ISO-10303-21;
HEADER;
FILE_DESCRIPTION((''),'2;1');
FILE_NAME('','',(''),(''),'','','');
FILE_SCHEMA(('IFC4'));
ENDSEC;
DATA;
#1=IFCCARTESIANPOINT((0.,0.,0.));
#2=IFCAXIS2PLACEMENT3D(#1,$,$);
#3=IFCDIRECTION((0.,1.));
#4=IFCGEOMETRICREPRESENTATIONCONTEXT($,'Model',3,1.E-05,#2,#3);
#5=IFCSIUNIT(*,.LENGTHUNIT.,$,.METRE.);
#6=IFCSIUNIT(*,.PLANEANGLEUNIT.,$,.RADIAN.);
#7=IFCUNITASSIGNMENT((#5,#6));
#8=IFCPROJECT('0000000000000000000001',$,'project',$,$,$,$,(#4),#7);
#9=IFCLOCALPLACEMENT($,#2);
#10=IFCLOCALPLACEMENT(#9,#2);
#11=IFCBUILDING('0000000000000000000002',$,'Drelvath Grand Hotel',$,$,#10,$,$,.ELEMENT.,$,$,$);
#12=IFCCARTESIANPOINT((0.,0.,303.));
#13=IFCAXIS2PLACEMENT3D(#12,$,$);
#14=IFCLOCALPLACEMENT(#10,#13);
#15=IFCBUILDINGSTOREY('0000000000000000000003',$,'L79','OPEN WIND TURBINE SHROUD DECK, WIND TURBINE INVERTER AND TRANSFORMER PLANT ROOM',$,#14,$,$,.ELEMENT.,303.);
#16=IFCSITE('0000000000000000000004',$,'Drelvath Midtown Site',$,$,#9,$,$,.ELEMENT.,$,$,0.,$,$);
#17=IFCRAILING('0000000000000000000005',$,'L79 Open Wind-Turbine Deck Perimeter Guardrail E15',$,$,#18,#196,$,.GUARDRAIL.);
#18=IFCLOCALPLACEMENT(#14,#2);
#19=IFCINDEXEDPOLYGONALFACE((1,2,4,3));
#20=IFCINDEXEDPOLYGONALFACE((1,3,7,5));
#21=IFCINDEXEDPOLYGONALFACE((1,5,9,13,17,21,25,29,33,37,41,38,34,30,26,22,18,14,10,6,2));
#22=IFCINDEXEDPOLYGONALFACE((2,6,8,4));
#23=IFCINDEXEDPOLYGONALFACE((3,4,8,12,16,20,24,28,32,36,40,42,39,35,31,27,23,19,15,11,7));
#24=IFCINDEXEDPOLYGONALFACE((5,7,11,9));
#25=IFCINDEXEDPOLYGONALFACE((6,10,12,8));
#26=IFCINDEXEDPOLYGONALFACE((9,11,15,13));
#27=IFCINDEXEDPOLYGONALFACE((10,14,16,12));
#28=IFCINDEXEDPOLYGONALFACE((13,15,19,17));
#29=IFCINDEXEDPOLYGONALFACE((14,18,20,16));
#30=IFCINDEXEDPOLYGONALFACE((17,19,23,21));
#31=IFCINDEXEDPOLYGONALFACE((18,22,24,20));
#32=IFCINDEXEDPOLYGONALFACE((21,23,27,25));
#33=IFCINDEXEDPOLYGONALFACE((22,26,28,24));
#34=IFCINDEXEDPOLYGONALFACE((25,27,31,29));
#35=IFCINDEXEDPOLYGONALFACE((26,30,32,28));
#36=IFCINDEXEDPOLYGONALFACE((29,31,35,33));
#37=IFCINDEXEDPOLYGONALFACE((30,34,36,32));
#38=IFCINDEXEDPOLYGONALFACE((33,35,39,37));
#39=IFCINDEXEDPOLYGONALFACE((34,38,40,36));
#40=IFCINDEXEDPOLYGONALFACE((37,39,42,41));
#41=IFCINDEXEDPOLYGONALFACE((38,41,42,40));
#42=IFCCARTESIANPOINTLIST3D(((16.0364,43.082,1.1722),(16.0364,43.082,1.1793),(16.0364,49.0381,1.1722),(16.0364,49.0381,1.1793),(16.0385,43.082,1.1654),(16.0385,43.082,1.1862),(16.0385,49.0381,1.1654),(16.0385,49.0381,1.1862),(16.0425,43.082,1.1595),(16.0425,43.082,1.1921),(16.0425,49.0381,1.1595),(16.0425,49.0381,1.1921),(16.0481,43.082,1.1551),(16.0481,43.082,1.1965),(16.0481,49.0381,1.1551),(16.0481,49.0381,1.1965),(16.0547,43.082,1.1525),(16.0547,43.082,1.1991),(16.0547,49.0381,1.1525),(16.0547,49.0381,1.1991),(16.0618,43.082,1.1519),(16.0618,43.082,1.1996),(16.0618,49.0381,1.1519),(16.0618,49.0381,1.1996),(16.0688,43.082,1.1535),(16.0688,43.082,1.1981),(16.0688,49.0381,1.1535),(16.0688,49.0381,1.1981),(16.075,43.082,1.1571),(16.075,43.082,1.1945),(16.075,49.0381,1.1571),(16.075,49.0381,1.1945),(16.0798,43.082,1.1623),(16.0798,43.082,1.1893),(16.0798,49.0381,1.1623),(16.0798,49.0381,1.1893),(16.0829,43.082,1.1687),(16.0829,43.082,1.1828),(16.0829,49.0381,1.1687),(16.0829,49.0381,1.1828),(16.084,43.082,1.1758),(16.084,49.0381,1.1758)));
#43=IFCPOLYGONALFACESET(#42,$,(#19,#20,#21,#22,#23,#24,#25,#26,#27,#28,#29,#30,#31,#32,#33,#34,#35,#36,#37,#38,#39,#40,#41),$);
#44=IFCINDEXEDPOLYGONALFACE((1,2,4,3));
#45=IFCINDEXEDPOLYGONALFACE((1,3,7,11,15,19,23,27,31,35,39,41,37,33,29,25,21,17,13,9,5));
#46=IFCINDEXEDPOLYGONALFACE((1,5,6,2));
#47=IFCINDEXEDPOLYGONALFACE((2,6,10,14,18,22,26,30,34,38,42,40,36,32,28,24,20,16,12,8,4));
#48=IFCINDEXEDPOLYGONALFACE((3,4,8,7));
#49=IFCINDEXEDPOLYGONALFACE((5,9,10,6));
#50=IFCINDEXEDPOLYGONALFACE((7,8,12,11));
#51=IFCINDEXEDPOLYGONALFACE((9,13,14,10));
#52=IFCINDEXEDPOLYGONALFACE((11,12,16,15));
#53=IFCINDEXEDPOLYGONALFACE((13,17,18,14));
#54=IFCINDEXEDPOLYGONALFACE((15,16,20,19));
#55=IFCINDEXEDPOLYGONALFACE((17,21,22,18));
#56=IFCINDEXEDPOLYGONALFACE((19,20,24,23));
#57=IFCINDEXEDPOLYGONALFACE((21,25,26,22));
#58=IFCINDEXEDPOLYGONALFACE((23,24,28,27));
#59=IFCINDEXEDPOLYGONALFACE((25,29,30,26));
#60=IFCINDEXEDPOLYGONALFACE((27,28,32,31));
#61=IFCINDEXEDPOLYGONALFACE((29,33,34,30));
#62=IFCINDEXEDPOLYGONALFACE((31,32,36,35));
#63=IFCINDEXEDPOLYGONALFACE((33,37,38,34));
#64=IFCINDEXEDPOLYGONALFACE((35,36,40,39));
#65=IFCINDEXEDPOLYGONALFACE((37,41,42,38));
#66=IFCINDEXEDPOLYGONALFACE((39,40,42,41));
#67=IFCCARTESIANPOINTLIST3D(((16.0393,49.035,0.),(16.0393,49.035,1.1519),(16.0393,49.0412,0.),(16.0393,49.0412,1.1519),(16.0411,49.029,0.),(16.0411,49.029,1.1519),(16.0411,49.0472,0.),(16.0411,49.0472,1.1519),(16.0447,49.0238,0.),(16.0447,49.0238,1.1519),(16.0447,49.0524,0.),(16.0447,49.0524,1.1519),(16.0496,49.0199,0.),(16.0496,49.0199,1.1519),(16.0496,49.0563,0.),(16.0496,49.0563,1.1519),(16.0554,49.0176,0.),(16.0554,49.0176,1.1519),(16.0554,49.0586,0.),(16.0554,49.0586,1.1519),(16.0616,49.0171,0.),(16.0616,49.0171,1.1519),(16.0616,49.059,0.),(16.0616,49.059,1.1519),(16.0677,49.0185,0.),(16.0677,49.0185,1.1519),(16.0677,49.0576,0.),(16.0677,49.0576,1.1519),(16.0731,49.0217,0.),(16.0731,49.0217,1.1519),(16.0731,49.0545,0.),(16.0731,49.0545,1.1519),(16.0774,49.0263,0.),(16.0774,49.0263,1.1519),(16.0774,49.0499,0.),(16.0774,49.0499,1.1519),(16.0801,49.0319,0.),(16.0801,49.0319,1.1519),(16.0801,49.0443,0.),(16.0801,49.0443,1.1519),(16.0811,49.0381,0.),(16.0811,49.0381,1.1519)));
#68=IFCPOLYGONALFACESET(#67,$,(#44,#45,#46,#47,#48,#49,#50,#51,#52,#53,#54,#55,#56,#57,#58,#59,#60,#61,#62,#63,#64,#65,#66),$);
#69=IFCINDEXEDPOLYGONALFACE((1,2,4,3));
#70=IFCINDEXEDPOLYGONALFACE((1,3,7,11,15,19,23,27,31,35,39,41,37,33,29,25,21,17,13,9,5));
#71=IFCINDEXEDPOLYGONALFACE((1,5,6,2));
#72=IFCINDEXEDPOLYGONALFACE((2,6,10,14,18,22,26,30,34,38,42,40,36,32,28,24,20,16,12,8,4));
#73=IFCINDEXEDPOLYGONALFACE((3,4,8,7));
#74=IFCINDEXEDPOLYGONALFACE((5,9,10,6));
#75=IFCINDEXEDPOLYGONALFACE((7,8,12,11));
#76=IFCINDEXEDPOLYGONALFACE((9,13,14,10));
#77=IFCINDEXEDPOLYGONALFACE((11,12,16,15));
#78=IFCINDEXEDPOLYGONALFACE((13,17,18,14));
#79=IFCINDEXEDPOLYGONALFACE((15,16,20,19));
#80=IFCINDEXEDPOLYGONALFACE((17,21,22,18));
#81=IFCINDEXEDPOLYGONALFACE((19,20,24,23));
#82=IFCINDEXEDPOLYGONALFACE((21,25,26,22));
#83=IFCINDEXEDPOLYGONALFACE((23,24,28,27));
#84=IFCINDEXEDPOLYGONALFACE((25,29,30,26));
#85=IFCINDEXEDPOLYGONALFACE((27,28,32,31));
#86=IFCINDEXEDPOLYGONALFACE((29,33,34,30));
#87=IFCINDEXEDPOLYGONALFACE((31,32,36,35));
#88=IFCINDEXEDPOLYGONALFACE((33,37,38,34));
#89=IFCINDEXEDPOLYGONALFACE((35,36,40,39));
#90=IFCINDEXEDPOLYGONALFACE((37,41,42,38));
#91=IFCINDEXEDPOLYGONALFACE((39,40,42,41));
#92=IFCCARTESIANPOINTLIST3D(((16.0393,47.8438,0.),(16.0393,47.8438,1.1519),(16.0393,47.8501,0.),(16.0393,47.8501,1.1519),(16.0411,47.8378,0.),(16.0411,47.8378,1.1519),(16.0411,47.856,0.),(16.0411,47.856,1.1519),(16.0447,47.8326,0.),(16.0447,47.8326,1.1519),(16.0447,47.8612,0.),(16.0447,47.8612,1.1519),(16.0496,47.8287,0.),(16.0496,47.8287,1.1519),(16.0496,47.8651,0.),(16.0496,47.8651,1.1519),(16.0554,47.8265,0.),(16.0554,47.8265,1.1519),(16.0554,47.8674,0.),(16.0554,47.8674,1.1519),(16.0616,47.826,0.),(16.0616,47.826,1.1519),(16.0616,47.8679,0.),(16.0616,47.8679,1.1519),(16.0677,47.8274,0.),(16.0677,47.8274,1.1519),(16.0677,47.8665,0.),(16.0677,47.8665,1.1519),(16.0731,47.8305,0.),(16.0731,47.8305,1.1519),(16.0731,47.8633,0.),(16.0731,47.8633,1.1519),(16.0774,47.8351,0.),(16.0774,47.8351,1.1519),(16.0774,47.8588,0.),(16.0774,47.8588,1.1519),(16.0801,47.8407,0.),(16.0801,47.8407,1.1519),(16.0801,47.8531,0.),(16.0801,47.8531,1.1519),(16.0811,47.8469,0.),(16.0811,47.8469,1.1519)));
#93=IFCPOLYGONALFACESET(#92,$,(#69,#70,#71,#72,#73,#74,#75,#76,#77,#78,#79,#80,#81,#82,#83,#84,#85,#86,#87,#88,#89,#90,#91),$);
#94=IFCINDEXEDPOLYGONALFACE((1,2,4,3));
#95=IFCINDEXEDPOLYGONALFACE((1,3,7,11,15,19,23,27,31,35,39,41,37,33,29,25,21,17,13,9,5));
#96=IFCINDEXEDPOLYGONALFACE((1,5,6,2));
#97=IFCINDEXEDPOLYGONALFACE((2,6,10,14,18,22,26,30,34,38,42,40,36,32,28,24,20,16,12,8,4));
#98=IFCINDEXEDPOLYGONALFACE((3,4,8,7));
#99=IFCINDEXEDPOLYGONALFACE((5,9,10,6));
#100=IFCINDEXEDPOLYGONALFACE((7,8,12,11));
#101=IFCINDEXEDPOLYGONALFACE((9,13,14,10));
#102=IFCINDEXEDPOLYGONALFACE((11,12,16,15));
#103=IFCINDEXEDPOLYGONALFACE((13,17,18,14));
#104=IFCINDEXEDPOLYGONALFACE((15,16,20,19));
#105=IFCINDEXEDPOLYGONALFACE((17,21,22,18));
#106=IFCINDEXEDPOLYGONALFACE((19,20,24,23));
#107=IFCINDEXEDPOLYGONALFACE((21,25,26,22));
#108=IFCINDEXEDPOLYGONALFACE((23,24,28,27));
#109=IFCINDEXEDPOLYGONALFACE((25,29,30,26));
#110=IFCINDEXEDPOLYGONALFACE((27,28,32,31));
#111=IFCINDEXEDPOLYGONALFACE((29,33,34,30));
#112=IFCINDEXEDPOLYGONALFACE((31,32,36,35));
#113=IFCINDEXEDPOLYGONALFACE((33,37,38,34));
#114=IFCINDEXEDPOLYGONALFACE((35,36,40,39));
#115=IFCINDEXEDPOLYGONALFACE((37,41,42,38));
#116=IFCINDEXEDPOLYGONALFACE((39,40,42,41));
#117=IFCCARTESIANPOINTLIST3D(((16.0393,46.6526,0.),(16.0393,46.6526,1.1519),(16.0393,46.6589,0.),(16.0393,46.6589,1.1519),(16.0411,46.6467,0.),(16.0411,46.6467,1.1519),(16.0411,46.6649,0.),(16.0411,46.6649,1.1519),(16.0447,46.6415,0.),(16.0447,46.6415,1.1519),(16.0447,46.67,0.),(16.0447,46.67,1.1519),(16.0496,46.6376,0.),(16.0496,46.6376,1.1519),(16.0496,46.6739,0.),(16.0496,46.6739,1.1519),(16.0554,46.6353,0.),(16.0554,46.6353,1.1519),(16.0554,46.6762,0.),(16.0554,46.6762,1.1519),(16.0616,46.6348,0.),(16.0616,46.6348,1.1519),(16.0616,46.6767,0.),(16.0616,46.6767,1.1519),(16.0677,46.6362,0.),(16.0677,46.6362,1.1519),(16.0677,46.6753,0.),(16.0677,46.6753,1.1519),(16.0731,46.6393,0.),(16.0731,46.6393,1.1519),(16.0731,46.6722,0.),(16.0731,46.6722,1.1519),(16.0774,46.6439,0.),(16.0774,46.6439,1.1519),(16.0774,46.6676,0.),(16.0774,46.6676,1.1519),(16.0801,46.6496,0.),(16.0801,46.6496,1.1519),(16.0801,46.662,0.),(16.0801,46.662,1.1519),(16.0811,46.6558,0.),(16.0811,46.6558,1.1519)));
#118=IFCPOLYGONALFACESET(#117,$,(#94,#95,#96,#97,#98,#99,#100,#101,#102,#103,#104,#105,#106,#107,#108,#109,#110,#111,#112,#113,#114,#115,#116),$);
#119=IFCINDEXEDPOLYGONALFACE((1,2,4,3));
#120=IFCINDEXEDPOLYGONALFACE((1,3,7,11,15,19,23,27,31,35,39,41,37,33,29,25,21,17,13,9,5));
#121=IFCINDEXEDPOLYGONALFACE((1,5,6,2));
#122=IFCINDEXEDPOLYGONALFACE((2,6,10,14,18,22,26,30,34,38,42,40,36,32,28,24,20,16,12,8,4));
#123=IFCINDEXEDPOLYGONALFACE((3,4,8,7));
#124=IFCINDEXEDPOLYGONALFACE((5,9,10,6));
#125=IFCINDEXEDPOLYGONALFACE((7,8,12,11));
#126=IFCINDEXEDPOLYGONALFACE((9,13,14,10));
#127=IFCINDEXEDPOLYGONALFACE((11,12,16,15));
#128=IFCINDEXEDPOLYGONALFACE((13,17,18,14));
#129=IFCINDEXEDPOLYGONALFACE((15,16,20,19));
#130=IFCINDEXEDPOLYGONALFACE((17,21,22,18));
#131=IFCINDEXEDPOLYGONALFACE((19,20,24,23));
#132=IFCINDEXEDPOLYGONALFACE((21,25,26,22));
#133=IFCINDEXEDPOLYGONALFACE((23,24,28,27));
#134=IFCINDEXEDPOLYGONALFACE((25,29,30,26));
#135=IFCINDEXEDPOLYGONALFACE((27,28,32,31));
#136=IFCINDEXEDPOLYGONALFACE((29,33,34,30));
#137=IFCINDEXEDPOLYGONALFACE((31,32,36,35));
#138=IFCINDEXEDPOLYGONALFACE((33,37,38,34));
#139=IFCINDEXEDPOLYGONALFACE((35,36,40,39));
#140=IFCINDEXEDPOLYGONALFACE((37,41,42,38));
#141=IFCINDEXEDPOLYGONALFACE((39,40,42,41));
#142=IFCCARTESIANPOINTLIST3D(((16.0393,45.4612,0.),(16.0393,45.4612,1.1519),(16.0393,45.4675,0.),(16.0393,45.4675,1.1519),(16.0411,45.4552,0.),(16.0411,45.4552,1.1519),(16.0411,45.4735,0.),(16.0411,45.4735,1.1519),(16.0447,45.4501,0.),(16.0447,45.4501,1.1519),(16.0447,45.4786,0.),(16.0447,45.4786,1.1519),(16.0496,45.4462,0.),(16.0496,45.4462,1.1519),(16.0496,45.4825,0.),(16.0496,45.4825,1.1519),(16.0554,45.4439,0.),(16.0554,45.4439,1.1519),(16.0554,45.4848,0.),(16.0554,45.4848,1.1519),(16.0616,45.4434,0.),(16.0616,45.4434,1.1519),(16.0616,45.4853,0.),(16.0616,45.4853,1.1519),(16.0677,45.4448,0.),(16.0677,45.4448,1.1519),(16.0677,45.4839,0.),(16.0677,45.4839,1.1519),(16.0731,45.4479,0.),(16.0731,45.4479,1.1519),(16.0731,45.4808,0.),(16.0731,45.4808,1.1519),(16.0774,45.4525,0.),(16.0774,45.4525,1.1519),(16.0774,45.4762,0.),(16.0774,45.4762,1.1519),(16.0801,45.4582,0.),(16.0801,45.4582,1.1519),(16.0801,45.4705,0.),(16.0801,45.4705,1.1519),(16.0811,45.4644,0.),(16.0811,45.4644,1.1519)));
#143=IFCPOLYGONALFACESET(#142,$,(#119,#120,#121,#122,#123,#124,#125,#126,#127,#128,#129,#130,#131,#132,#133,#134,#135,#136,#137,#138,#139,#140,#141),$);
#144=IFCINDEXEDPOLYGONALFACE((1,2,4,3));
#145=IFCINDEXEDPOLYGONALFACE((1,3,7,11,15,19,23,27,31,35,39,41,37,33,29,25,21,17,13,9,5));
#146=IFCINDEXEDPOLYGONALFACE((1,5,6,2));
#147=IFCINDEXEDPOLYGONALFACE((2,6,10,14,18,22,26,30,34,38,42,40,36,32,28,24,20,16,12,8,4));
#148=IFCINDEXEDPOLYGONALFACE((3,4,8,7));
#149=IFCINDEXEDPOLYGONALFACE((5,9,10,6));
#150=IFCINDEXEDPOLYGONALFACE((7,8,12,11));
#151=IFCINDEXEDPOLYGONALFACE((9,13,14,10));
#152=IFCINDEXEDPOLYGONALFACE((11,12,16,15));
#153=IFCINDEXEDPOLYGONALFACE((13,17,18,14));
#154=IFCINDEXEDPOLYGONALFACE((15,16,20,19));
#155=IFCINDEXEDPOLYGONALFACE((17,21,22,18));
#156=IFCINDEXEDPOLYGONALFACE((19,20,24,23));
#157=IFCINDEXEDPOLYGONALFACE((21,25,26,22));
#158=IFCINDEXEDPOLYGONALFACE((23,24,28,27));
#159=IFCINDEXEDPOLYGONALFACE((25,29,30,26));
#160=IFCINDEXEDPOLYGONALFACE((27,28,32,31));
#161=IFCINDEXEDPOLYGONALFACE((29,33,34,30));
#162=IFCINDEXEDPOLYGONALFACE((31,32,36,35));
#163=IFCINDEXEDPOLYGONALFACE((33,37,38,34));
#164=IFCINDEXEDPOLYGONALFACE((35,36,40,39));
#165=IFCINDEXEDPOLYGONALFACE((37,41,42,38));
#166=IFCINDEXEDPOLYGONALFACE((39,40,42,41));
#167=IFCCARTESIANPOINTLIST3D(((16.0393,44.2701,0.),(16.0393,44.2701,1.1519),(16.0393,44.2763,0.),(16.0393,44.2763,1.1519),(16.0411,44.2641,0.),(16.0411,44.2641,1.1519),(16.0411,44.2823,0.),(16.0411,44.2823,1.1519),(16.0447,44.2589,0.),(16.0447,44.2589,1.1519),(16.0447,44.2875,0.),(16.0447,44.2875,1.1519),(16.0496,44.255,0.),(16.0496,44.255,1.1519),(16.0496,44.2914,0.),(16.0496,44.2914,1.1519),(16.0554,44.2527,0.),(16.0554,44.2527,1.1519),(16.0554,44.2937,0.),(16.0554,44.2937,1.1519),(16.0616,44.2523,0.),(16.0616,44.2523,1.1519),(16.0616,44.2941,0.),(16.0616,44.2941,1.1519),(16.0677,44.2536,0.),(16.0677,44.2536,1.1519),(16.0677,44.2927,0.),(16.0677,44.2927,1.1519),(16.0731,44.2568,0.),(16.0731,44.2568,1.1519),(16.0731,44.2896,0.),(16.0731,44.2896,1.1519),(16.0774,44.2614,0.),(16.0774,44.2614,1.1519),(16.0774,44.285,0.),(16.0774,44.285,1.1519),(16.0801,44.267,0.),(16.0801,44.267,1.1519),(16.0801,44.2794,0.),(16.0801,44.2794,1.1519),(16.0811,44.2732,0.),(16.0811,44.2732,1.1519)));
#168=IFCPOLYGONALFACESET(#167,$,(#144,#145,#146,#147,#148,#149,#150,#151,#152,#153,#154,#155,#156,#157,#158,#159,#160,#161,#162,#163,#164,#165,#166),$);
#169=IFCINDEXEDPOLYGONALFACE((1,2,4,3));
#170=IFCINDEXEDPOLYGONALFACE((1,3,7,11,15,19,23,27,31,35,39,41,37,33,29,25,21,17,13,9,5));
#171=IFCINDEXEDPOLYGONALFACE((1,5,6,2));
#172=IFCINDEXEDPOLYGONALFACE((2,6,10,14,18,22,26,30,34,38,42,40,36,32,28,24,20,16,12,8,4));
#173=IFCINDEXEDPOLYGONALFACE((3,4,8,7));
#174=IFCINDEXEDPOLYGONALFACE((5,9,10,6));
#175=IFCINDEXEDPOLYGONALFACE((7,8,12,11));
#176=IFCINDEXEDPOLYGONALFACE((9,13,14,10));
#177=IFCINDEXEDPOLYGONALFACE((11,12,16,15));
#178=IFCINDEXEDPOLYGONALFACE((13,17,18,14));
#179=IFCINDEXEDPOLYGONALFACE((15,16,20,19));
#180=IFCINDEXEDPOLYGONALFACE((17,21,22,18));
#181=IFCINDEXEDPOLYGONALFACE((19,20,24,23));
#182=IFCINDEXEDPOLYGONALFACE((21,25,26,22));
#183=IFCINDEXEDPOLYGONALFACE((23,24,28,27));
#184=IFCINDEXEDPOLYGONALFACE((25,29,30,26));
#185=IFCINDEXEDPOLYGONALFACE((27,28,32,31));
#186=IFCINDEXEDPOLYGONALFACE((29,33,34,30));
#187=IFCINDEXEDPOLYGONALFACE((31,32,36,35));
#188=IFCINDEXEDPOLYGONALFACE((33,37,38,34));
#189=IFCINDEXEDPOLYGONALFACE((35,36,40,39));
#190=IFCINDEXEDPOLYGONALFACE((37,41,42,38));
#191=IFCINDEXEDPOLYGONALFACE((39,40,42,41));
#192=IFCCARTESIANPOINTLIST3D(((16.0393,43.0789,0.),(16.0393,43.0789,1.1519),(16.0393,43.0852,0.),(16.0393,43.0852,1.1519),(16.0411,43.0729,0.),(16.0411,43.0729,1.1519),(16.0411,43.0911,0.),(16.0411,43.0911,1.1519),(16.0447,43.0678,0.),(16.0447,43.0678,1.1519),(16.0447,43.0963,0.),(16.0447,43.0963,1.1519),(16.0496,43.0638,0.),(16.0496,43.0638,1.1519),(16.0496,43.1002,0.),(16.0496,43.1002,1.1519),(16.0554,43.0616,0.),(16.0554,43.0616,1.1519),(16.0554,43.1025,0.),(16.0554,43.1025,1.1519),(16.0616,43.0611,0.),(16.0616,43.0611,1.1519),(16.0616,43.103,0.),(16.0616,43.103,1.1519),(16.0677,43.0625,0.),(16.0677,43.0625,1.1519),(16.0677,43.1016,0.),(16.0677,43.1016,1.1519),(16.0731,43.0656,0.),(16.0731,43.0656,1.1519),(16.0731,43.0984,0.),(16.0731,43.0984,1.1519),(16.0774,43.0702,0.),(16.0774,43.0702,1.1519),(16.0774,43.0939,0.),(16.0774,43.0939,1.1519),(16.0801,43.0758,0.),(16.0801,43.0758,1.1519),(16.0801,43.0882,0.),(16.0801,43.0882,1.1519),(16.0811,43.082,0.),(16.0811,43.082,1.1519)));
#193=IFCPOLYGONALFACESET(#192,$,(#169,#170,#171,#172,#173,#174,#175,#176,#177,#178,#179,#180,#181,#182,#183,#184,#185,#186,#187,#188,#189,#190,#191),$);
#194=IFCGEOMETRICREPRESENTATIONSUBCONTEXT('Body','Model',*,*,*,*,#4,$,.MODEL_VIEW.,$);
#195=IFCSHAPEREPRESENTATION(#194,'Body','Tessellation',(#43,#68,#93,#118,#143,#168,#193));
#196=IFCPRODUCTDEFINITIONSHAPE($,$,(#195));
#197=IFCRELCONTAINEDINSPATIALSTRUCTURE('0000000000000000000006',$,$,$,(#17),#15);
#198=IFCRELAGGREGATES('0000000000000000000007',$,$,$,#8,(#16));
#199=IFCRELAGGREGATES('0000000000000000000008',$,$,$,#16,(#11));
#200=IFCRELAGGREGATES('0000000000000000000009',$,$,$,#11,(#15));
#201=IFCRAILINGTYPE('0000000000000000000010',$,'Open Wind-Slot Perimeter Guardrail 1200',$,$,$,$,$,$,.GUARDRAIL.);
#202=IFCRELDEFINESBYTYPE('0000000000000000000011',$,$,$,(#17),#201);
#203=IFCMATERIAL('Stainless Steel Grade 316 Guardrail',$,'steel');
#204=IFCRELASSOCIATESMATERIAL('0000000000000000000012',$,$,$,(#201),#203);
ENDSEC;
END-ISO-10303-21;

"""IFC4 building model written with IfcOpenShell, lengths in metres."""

from ifc_helpers import new_model, si_unit, direction, frame, origin, origin_2d, place, context, subcontext, project, spatial, circle, extrude, material, type_object, element, save


model = new_model("IFC4")

# Units and contexts
model_context = context("Model", 3, precision=1e-05, world=origin(), true_north=direction((0.0, 1.0)))
body_context = subcontext(model_context, "Body", "Model", "MODEL_VIEW")
ifc_project = project(units=[si_unit("LENGTHUNIT", "METRE"), si_unit("PLANEANGLEUNIT", "RADIAN")], contexts=[model_context])

# Site, building, storey
site_placement = place(None, origin())
site = spatial("IfcSite", under=ifc_project, at=site_placement, Name="Drelvath Midtown Site", CompositionType="ELEMENT", RefElevation=0.0)
building_placement = place(site_placement, origin())
building = spatial("IfcBuilding", under=site, at=building_placement, Name="Drelvath Grand Hotel", CompositionType="ELEMENT")
storey_placement = place(building_placement, frame((0.0, 0.0, 303.0)))
storey = spatial("IfcBuildingStorey", under=building, at=storey_placement, Name="L79", Description="OPEN WIND TURBINE SHROUD DECK, WIND TURBINE INVERTER AND TRANSFORMER PLANT ROOM", CompositionType="ELEMENT", Elevation=303.0)

# Railing
ifc_material_1 = material(Name="Stainless Steel Grade 316 Guardrail", Category="steel")
railing_type = type_object("IfcRailingType", Name="Open Wind-Slot Perimeter Guardrail 1200", PredefinedType="GUARDRAIL", material=ifc_material_1)
railing_1_placement = place(storey_placement, frame((16.0601, 49.0381, 0.0)))
element("IfcRailing", 1, at=railing_1_placement, inside=storey, type_object=railing_type, Name="L79 Open Wind-Turbine Deck Perimeter Guardrail E15", PredefinedType="GUARDRAIL", context=body_context, shape_type="SweptSolid", body=[
    extrude(circle(Radius=0.0239, at=origin_2d()), frame((0.0, 0.0, 1.1758), z_axis=(0.0, -1.0, 0.0), x_axis=(1.0, 0.0, 0.0)), (0.0, 0.0, 1.0), 5.9561),
    extrude(circle(Radius=0.021, at=origin_2d()), origin(), (0.0, 0.0, 1.0), 1.1519),
    extrude(circle(Radius=0.021, at=origin_2d()), frame((0.0, -1.1912, 0.0)), (0.0, 0.0, 1.0), 1.1519),
    extrude(circle(Radius=0.021, at=origin_2d()), frame((0.0, -2.3823, 0.0)), (0.0, 0.0, 1.0), 1.1519),
    extrude(circle(Radius=0.021, at=origin_2d()), frame((0.0, -3.5737, 0.0)), (0.0, 0.0, 1.0), 1.1519),
    extrude(circle(Radius=0.021, at=origin_2d()), frame((0.0, -4.7649, 0.0)), (0.0, 0.0, 1.0), 1.1519),
    extrude(circle(Radius=0.021, at=origin_2d()), frame((0.0, -5.9561, 0.0)), (0.0, 0.0, 1.0), 1.1519),
])

save(model, "model.ifc")
